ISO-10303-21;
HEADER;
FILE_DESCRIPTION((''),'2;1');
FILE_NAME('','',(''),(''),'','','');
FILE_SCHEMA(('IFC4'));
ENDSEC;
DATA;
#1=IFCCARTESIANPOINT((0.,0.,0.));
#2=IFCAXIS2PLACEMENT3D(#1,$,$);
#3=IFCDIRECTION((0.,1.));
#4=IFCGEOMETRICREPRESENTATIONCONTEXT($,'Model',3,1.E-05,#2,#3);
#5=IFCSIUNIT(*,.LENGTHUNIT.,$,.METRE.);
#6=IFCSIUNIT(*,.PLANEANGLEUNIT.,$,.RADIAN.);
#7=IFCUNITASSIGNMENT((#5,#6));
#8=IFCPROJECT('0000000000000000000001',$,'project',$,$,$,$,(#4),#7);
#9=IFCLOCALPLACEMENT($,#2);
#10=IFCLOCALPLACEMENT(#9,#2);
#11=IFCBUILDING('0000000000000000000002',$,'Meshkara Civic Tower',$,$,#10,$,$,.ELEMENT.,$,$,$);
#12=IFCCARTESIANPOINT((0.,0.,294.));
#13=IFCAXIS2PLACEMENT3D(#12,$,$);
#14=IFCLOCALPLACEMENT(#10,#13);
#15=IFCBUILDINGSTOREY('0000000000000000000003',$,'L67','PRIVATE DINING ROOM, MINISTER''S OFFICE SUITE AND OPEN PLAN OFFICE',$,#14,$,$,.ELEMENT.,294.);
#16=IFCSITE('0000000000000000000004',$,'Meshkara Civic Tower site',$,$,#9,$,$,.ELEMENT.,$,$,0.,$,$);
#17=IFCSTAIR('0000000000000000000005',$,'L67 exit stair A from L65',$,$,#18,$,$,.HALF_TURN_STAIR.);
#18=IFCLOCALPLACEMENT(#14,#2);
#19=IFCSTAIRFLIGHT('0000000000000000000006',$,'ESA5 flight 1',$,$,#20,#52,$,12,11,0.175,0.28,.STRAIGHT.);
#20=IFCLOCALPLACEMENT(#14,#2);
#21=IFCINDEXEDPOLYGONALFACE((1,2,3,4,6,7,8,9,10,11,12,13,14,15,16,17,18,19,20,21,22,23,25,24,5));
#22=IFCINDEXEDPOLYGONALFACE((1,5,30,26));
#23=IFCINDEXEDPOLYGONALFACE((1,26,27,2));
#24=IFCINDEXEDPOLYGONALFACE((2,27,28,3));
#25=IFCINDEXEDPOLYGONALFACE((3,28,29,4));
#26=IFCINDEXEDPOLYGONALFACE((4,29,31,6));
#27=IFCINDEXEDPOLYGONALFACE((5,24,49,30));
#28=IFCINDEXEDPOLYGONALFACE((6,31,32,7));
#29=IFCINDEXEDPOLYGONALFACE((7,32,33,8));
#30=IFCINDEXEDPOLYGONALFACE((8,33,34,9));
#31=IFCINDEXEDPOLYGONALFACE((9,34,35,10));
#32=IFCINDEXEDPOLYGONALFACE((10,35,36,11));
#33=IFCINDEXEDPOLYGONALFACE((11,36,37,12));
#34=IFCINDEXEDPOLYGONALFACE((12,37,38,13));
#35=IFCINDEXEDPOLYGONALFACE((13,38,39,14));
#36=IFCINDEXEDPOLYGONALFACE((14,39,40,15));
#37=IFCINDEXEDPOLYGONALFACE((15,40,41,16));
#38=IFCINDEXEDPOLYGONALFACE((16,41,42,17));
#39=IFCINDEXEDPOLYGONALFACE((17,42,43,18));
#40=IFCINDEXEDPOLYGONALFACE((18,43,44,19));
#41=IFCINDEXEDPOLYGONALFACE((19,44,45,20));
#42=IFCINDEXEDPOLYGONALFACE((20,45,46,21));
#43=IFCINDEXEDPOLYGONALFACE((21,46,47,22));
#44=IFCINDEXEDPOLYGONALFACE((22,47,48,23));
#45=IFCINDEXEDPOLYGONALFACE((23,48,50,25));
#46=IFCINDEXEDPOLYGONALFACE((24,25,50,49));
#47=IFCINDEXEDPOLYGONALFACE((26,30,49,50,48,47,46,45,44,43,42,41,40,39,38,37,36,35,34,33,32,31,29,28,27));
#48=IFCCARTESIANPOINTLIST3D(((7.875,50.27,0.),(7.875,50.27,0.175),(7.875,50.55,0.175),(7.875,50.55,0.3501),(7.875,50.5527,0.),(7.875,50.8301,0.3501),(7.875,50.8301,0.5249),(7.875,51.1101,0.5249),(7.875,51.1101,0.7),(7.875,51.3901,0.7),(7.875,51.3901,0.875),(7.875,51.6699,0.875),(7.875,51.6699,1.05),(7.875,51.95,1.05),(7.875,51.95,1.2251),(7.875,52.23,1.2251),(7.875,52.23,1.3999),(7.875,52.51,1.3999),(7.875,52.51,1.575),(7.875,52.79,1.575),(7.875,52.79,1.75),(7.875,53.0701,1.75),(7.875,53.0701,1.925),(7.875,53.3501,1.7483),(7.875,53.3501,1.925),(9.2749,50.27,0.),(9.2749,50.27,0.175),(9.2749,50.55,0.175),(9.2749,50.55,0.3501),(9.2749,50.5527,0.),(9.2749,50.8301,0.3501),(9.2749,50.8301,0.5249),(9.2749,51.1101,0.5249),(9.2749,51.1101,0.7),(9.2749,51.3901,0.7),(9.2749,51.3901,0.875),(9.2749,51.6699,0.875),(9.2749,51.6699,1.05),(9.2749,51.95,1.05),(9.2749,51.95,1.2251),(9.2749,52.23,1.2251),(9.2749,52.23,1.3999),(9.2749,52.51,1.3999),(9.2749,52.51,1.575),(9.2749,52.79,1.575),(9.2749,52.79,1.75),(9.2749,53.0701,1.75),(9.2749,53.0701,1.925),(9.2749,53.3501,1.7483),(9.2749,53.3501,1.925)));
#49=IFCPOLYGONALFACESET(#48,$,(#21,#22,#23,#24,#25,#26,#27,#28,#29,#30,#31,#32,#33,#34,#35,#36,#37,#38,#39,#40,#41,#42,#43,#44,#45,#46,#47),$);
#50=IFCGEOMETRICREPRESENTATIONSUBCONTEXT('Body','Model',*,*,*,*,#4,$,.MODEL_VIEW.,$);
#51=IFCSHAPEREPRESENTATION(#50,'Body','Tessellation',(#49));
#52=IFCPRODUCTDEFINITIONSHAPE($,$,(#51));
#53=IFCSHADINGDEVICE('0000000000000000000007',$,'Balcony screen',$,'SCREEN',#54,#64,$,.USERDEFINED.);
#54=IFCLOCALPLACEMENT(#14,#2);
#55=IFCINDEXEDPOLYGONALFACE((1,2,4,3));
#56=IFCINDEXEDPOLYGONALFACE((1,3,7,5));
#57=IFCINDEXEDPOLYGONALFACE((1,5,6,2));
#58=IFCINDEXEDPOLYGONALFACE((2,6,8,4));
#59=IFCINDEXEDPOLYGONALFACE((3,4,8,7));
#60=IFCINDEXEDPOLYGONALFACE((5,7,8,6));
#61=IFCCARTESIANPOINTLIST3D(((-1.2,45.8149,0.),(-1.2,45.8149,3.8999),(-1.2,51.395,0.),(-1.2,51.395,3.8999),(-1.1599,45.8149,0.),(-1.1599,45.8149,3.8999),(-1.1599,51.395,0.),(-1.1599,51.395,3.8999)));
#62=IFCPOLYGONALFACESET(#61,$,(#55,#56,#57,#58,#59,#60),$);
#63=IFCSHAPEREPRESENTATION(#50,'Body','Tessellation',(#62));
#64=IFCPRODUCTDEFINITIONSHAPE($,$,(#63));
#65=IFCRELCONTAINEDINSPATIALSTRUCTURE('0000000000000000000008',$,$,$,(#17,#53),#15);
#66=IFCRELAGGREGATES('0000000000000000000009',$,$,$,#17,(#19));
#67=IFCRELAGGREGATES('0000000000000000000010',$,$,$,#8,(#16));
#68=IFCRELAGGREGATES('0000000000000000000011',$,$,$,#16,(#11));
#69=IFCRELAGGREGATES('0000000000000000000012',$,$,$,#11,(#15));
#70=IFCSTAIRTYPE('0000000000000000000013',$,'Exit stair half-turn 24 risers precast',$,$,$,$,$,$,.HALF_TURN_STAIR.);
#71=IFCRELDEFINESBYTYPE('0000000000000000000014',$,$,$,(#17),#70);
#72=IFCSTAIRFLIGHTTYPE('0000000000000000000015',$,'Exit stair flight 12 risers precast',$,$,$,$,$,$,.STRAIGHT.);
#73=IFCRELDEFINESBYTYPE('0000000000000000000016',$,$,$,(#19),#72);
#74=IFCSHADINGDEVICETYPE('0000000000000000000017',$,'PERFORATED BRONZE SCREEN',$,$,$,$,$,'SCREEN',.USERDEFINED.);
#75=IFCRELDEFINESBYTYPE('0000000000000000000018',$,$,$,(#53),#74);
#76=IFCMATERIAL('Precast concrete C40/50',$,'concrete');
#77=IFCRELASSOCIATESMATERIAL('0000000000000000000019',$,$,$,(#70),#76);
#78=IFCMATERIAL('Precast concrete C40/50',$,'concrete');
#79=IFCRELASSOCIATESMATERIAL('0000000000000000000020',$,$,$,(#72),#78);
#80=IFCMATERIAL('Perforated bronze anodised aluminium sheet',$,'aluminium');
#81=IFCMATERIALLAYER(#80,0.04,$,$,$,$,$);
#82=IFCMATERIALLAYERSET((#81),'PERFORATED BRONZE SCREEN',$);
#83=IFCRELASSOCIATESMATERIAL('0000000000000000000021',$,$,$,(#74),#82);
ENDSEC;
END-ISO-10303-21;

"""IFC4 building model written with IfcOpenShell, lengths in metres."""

from ifc_helpers import new_model, si_unit, direction, frame, origin, origin_2d, place, context, subcontext, project, spatial, polyline, rectangle, outline, extrude, material, layer, layer_set, type_object, element, aggregate, save


model = new_model("IFC4")

# Units and contexts
model_context = context("Model", 3, precision=1e-05, world=origin(), true_north=direction((0.0, 1.0)))
body_context = subcontext(model_context, "Body", "Model", "MODEL_VIEW")
ifc_project = project(units=[si_unit("LENGTHUNIT", "METRE"), si_unit("PLANEANGLEUNIT", "RADIAN")], contexts=[model_context])

# Site, building, storey
site_placement = place(None, origin())
site = spatial("IfcSite", under=ifc_project, at=site_placement, Name="Meshkara Civic Tower site", CompositionType="ELEMENT", RefElevation=0.0)
building_placement = place(site_placement, origin())
building = spatial("IfcBuilding", under=site, at=building_placement, Name="Meshkara Civic Tower", CompositionType="ELEMENT")
storey_placement = place(building_placement, frame((0.0, 0.0, 294.0)))
storey = spatial("IfcBuildingStorey", under=building, at=storey_placement, Name="L67", Description="PRIVATE DINING ROOM, MINISTER'S OFFICE SUITE AND OPEN PLAN OFFICE", CompositionType="ELEMENT", Elevation=294.0)

# Stair, stair flight
ifc_material_1 = material(Name="Precast concrete C40/50", Category="concrete")
stair_type = type_object("IfcStairType", Name="Exit stair half-turn 24 risers precast", PredefinedType="HALF_TURN_STAIR", material=ifc_material_1)
stair_placement = place(storey_placement, origin())
stair = element("IfcStair", 1, at=stair_placement, inside=storey, type_object=stair_type, Name="L67 exit stair A from L65", PredefinedType="HALF_TURN_STAIR")
ifc_material_2 = material(Name="Precast concrete C40/50", Category="concrete")
stair_flight_type = type_object("IfcStairFlightType", Name="Exit stair flight 12 risers precast", PredefinedType="STRAIGHT", material=ifc_material_2)
stair_flight_placement = place(storey_placement, frame((8.575, 50.27, 0.0), z_axis=(0.0, 0.0, 1.0), x_axis=(0.0, 1.0, 0.0)))
stair_flight = element("IfcStairFlight", 2, at=stair_flight_placement, type_object=stair_flight_type, Name="ESA5 flight 1", NumberOfRisers=12, NumberOfTreads=11, PredefinedType="STRAIGHT", RiserHeight=0.175, TreadLength=0.28, context=body_context, shape_type="SweptSolid", body=[
    extrude(outline(polyline([(0.0, 0.0), (0.0, 0.175), (0.28, 0.175), (0.28, 0.3501), (0.5601, 0.3501), (0.5601, 0.5249), (0.8401, 0.5249), (0.8401, 0.7), (1.1201, 0.7), (1.1201, 0.875), (1.3999, 0.875), (1.3999, 1.05), (1.6799, 1.05), (1.6799, 1.2251), (1.96, 1.2251), (1.96, 1.3999), (2.24, 1.3999), (2.24, 1.575), (2.52, 1.575), (2.52, 1.75), (2.8, 1.75), (2.8, 1.925), (3.0801, 1.925), (3.0801, 2.1001), (3.0801, 1.7483), (0.2827, 0.0), (0.0, 0.0)])), frame((0.0, 0.7, 0.0), z_axis=(0.0, -1.0, 0.0), x_axis=(1.0, 0.0, 0.0)), (0.0, 0.0, 1.0), 1.3999),
])
aggregate(stair, [stair_flight])

# Shading device
ifc_material_3 = material(Name="Perforated bronze anodised aluminium sheet", Category="aluminium")
ifc_layer_1 = layer(ifc_material_3, 0.04)
ifc_layer_set_1 = layer_set([ifc_layer_1], Name="PERFORATED BRONZE SCREEN")
shading_device_type = type_object("IfcShadingDeviceType", Name="PERFORATED BRONZE SCREEN", ElementType="SCREEN", PredefinedType="USERDEFINED", material=ifc_layer_set_1)
shading_device_placement = place(storey_placement, frame((-1.1799, 48.605, 0.0), z_axis=(0.0, 0.0, 1.0), x_axis=(0.0, -1.0, 0.0)))
element("IfcShadingDevice", 3, at=shading_device_placement, inside=storey, type_object=shading_device_type, Name="Balcony screen", ObjectType="SCREEN", PredefinedType="USERDEFINED", context=body_context, shape_type="SweptSolid", body=[
    extrude(rectangle(XDim=5.5801, YDim=0.04, at=origin_2d()), origin(), (0.0, 0.0, 1.0), 3.8999),
])

save(model, "model.ifc")
